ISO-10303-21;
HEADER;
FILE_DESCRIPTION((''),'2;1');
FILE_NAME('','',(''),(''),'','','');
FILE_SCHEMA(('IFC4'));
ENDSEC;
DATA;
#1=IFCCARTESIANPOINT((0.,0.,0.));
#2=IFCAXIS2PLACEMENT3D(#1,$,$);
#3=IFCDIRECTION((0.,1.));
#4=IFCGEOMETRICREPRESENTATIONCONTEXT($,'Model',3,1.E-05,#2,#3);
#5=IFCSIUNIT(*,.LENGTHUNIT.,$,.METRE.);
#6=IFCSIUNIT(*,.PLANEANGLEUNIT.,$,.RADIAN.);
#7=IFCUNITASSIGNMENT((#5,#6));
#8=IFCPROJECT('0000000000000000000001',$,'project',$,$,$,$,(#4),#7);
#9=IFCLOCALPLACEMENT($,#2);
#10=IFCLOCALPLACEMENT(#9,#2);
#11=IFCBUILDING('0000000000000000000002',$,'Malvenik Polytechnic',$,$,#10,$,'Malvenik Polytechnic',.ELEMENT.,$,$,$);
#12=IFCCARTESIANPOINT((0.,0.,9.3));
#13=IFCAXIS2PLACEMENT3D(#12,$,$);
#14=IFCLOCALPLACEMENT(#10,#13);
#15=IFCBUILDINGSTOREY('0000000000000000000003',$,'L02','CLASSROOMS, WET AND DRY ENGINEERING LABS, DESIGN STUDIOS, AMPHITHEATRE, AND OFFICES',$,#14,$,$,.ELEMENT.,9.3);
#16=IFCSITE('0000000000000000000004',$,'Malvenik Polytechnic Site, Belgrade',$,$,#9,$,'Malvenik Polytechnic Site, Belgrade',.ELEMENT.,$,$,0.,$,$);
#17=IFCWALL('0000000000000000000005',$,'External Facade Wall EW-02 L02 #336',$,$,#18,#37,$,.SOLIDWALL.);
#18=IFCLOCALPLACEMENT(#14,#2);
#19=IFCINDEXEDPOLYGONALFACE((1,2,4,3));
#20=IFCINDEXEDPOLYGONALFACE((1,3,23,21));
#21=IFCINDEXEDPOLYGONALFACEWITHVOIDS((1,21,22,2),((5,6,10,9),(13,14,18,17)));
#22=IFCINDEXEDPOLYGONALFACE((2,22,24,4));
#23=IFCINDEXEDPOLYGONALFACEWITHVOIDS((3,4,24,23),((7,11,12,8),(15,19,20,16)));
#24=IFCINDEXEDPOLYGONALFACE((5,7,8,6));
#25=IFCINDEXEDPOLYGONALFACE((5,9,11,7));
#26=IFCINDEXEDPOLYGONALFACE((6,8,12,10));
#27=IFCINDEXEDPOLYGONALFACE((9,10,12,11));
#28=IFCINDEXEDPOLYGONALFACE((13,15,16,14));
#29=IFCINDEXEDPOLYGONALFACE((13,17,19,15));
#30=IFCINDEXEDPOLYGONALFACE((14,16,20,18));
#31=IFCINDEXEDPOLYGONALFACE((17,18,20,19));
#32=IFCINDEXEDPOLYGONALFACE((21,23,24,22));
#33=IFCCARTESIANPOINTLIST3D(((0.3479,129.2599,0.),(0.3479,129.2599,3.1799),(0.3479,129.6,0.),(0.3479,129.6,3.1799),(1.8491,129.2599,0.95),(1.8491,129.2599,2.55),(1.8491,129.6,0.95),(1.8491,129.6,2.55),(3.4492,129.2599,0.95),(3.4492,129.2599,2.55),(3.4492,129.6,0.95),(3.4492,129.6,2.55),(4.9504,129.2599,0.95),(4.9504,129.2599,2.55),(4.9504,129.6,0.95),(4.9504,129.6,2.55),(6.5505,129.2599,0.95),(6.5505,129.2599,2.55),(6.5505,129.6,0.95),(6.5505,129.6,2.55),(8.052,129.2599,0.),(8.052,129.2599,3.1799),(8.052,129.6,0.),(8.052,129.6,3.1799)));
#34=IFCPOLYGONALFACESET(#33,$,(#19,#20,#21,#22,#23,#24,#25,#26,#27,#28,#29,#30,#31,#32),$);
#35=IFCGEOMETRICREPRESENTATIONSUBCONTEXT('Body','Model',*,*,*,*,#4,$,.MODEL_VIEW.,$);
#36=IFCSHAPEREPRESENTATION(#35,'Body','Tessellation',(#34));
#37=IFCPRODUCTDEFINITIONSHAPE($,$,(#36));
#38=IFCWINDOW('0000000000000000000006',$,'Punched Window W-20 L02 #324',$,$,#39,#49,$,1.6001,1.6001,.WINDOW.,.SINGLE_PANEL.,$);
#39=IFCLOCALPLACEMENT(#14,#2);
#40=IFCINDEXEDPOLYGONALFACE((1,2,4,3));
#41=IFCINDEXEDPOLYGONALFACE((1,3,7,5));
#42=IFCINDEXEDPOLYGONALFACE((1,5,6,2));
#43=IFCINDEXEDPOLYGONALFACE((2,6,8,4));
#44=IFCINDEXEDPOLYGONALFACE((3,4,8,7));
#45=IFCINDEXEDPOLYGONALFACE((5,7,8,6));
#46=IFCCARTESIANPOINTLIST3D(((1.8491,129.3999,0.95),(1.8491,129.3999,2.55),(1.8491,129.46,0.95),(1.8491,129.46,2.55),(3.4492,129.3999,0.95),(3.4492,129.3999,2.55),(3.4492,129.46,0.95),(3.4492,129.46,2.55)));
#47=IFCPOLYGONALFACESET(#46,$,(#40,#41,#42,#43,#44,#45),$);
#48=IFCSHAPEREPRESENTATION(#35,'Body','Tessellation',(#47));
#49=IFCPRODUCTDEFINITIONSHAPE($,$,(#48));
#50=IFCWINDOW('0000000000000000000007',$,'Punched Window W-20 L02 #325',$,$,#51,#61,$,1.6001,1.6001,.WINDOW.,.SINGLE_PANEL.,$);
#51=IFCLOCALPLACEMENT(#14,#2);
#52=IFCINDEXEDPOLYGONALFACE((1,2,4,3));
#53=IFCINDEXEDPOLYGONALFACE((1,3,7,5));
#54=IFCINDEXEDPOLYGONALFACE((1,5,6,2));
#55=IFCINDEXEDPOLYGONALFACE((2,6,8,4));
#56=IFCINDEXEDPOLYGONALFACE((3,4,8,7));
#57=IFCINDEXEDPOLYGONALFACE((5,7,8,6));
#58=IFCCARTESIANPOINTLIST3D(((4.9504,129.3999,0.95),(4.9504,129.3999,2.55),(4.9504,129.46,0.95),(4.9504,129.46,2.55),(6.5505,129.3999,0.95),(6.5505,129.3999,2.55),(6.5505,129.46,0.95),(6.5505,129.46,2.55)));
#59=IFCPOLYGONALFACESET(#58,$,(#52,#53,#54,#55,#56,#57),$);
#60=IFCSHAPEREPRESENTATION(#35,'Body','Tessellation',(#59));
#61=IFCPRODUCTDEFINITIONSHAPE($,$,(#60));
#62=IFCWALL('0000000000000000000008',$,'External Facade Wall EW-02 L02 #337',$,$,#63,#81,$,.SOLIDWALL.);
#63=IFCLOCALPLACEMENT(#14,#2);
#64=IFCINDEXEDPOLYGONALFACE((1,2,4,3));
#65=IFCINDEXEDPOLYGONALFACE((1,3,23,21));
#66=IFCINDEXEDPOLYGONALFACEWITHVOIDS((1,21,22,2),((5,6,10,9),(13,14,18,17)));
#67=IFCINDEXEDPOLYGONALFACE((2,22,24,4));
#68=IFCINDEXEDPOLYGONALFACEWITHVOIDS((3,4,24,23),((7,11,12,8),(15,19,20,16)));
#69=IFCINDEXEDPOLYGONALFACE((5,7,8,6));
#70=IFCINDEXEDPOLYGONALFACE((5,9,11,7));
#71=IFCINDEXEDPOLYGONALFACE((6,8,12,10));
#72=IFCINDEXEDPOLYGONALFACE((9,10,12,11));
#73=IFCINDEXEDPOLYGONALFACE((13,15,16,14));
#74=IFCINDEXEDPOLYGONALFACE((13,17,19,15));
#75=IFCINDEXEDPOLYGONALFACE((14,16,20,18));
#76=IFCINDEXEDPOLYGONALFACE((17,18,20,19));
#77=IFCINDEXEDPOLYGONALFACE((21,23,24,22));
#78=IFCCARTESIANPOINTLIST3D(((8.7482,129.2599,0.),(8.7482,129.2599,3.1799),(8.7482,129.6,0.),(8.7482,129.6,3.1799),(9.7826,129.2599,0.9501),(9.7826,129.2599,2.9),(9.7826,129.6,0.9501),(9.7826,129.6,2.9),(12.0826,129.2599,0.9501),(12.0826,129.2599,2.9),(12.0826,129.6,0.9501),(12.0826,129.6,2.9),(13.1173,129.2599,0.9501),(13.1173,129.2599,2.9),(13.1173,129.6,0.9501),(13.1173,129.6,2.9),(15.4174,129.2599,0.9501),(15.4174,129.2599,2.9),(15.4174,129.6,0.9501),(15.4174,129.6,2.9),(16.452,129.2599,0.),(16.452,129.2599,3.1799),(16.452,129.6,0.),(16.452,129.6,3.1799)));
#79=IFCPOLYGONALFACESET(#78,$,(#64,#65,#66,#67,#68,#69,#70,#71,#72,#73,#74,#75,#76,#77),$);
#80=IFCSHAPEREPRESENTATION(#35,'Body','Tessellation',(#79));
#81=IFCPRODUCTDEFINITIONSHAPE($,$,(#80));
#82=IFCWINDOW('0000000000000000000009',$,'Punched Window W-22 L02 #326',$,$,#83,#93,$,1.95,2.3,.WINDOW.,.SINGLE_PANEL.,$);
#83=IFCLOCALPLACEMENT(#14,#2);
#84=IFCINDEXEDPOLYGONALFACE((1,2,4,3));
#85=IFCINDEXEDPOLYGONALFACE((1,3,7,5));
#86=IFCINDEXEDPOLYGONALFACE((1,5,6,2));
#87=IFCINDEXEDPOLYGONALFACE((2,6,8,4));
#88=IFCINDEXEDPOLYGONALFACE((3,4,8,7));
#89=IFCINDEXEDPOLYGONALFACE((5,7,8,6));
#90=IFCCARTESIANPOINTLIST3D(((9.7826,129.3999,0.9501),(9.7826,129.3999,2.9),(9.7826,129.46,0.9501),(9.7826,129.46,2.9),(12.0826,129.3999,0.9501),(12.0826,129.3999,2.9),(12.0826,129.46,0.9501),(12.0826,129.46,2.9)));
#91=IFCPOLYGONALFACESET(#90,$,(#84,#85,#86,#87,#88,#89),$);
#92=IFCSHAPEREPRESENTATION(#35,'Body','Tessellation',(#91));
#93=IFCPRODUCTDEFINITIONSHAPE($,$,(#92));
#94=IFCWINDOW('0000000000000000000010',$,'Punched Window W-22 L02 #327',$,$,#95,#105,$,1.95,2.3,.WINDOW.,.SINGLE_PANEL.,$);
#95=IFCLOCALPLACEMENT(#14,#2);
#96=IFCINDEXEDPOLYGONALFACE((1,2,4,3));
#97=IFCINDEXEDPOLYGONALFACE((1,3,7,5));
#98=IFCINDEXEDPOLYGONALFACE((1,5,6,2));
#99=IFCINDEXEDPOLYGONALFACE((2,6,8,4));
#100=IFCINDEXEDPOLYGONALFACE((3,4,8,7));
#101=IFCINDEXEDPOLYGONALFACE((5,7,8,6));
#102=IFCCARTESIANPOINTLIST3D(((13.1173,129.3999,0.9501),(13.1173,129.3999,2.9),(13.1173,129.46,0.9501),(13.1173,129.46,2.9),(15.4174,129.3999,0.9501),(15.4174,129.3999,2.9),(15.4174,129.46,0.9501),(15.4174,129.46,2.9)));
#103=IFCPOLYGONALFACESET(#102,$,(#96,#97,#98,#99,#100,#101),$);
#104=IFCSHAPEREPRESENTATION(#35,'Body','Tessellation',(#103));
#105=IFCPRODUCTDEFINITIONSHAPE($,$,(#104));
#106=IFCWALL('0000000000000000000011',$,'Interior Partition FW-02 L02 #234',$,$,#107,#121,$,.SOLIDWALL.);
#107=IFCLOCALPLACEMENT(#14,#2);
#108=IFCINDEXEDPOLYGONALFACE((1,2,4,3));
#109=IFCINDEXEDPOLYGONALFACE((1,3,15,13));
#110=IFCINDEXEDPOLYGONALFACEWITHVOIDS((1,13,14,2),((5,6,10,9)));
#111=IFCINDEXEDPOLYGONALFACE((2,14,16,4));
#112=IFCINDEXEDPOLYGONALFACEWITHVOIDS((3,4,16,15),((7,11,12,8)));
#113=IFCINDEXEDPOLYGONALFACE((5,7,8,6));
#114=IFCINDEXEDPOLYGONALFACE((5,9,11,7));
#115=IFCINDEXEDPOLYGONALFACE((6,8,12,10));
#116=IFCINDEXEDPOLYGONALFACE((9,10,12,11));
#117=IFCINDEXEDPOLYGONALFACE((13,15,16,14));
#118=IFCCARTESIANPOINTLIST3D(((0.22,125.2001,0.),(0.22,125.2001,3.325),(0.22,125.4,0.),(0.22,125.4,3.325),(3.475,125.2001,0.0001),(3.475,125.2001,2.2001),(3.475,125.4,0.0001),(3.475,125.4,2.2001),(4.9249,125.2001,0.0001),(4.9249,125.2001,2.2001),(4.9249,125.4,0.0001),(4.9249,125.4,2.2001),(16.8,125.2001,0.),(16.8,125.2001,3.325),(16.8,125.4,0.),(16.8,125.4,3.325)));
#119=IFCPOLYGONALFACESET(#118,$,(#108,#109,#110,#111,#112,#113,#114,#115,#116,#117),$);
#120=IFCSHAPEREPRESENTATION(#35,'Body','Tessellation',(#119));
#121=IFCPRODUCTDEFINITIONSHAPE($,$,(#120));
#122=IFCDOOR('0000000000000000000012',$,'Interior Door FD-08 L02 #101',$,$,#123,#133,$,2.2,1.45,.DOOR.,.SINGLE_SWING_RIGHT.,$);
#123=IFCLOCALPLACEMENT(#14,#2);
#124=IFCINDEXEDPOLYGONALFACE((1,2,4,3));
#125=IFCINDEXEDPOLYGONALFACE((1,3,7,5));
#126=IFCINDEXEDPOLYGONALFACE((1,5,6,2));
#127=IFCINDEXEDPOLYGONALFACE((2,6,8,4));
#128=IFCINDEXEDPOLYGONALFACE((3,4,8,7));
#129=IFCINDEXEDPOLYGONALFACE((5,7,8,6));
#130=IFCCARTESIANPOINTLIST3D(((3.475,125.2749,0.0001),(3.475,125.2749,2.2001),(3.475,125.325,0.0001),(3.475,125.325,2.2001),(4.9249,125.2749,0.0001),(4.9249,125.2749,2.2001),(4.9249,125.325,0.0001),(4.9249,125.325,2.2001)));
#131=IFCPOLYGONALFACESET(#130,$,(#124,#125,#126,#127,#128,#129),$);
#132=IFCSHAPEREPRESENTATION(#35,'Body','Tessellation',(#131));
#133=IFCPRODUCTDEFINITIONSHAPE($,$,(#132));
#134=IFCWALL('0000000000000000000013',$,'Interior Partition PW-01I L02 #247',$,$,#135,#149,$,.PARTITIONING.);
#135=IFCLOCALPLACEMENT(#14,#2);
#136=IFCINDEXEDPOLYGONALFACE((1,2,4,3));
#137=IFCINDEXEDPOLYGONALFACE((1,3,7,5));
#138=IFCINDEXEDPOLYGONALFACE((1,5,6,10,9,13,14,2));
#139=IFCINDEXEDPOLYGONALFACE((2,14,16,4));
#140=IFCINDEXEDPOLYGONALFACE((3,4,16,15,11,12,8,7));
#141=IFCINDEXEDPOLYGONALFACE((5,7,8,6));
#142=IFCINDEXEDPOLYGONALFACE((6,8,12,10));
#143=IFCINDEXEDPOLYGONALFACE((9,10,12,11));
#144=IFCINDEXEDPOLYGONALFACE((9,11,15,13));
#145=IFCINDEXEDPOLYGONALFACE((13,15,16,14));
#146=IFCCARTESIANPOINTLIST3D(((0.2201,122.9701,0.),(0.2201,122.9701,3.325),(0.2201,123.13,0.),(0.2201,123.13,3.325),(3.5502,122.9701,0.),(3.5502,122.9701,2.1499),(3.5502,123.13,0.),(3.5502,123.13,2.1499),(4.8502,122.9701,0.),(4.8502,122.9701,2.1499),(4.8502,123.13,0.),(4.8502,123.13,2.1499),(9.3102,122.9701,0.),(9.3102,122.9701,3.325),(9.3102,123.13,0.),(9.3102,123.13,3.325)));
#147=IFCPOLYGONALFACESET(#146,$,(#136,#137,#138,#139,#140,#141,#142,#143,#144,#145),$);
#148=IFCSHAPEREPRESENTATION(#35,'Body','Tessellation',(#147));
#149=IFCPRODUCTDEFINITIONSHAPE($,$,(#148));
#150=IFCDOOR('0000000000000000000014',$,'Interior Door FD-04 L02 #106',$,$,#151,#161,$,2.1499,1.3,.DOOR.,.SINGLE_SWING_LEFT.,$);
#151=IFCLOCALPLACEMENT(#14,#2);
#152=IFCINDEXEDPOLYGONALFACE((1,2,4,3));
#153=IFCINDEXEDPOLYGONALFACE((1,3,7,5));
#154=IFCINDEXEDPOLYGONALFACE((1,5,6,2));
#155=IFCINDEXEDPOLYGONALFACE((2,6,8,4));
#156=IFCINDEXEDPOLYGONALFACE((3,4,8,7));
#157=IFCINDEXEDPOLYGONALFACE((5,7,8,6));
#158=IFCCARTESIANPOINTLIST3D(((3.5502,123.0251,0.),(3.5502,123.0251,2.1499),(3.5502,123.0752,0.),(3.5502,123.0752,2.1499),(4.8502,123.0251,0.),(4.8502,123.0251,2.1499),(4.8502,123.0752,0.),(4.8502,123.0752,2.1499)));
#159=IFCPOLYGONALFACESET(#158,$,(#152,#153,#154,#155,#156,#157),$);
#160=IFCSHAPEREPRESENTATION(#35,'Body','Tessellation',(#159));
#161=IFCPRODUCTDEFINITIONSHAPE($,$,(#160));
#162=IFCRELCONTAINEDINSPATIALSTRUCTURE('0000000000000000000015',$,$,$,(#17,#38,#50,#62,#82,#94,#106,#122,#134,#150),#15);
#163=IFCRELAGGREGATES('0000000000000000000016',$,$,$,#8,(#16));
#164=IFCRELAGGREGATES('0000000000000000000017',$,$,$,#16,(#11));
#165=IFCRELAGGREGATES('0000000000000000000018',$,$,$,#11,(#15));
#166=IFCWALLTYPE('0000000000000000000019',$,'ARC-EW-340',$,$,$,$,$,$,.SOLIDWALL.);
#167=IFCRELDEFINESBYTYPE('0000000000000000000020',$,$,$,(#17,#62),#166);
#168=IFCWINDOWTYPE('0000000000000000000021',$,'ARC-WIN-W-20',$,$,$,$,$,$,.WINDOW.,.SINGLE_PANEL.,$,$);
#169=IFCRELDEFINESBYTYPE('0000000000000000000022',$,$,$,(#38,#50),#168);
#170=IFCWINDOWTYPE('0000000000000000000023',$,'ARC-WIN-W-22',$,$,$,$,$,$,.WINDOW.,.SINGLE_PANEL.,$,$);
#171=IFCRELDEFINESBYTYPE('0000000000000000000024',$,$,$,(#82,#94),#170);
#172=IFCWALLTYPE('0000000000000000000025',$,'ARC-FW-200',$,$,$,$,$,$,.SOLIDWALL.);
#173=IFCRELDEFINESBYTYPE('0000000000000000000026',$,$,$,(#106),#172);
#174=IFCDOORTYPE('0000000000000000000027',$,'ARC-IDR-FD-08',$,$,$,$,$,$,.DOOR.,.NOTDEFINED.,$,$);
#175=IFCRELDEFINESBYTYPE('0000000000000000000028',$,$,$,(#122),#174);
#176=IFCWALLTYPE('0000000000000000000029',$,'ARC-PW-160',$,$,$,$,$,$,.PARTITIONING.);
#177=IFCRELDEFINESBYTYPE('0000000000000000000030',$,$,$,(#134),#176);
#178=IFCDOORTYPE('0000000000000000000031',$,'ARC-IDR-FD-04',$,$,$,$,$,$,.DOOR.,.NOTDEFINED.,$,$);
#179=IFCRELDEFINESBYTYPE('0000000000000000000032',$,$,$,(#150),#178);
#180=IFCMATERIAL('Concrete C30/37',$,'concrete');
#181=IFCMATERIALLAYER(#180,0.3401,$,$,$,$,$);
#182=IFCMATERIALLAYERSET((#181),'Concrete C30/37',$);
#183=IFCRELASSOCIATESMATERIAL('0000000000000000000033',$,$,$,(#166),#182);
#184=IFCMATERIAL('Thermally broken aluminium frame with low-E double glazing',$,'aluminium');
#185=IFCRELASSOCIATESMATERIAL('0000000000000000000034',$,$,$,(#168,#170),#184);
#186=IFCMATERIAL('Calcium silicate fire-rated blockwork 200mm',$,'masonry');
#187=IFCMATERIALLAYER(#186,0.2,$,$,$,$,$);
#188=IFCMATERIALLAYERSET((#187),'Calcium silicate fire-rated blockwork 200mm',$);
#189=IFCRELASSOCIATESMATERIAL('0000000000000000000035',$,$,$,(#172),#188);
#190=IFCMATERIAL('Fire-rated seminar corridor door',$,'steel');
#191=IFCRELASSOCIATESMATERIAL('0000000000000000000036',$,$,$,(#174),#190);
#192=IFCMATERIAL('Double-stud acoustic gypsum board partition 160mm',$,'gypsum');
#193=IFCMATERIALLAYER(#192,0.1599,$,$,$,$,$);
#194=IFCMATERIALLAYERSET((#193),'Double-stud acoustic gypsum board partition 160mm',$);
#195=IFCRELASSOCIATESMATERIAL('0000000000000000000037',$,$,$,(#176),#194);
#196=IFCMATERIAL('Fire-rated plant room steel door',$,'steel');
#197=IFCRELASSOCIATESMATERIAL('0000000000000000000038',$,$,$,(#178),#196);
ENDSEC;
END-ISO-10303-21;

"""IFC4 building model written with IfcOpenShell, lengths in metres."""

from ifc_helpers import new_model, si_unit, direction, frame, frame_2d, origin, place, context, subcontext, project, spatial, rectangle, extrude, material, layer, layer_set, type_object, element, fill, save


model = new_model("IFC4")

# Units and contexts
model_context = context("Model", 3, precision=1e-05, world=origin(), true_north=direction((0.0, 1.0)))
body_context = subcontext(model_context, "Body", "Model", "MODEL_VIEW")
ifc_project = project(units=[si_unit("LENGTHUNIT", "METRE"), si_unit("PLANEANGLEUNIT", "RADIAN")], contexts=[model_context])

# Site, building, storey
site_placement = place(None, origin())
site = spatial("IfcSite", under=ifc_project, at=site_placement, Name="Malvenik Polytechnic Site, Belgrade", LongName="Malvenik Polytechnic Site, Belgrade", CompositionType="ELEMENT", RefElevation=0.0)
building_placement = place(site_placement, origin())
building = spatial("IfcBuilding", under=site, at=building_placement, Name="Malvenik Polytechnic", LongName="Malvenik Polytechnic", CompositionType="ELEMENT")
storey_placement = place(building_placement, frame((0.0, 0.0, 9.3)))
storey = spatial("IfcBuildingStorey", under=building, at=storey_placement, Name="L02", Description="CLASSROOMS, WET AND DRY ENGINEERING LABS, DESIGN STUDIOS, AMPHITHEATRE, AND OFFICES", CompositionType="ELEMENT", Elevation=9.3)

# Shared definitions
ifc_material_1 = material(Name="Concrete C30/37", Category="concrete")

# Shared definitions
ifc_layer_1 = layer(ifc_material_1, 0.3401)
ifc_layer_set_1 = layer_set([ifc_layer_1], Name="Concrete C30/37")
wall_type_1 = type_object("IfcWallType", Name="ARC-EW-340", PredefinedType="SOLIDWALL", material=ifc_layer_set_1)

# Walls, openings, windows
wall_1_placement = place(storey_placement, frame((0.3479, 129.4299, 0.0), z_axis=(0.0, 0.0, 1.0), x_axis=(1.0, 0.0, 0.0)))
wall_1 = element("IfcWall", 1, at=wall_1_placement, inside=storey, type_object=wall_type_1, Name="External Facade Wall EW-02 L02 #336", PredefinedType="SOLIDWALL", context=body_context, shape_type="SweptSolid", body=[
    extrude(rectangle(XDim=7.7041, YDim=0.3401, at=frame_2d((3.8521, 0.0))), origin(), (0.0, 0.0, 1.0), 3.1799),
])
opening_1_placement = place(wall_1_placement, frame((1.5012, 0.0, 0.95)))
opening_1 = element("IfcOpeningElement", 2, at=opening_1_placement, cuts=wall_1, PredefinedType="OPENING", context=body_context, shape_type="SweptSolid", body=[
    extrude(rectangle(XDim=1.6001, YDim=1.6001, at=frame_2d((0.8, 0.8))), frame((0.0, 0.1802, 0.0), z_axis=(0.0, -1.0, 0.0), x_axis=(1.0, 0.0, 0.0)), (0.0, 0.0, 1.0), 0.3601),
])
opening_2_placement = place(wall_1_placement, frame((4.6025, 0.0, 0.95)))
opening_2 = element("IfcOpeningElement", 3, at=opening_2_placement, cuts=wall_1, PredefinedType="OPENING", context=body_context, shape_type="SweptSolid", body=[
    extrude(rectangle(XDim=1.6001, YDim=1.6001, at=frame_2d((0.8, 0.8))), frame((0.0, 0.1802, 0.0), z_axis=(0.0, -1.0, 0.0), x_axis=(1.0, 0.0, 0.0)), (0.0, 0.0, 1.0), 0.3601),
])
ifc_material_2 = material(Name="Thermally broken aluminium frame with low-E double glazing", Category="aluminium")
window_type_1 = type_object("IfcWindowType", Name="ARC-WIN-W-20", PartitioningType="SINGLE_PANEL", PredefinedType="WINDOW", material=ifc_material_2)
window_1_placement = place(opening_1_placement, origin())
window_1 = element("IfcWindow", 4, at=window_1_placement, inside=storey, type_object=window_type_1, Name="Punched Window W-20 L02 #324", OverallHeight=1.6001, OverallWidth=1.6001, PartitioningType="SINGLE_PANEL", PredefinedType="WINDOW", context=body_context, shape_type="SweptSolid", body=[
    extrude(rectangle(XDim=1.6001, YDim=1.6001, at=frame_2d((0.8, 0.8))), frame((0.0, 0.03, 0.0), z_axis=(0.0, -1.0, 0.0), x_axis=(1.0, 0.0, 0.0)), (0.0, 0.0, 1.0), 0.0601),
])
fill(opening_1, window_1)
window_2_placement = place(opening_2_placement, origin())
window_2 = element("IfcWindow", 5, at=window_2_placement, inside=storey, type_object=window_type_1, Name="Punched Window W-20 L02 #325", OverallHeight=1.6001, OverallWidth=1.6001, PartitioningType="SINGLE_PANEL", PredefinedType="WINDOW", context=body_context, shape_type="SweptSolid", body=[
    extrude(rectangle(XDim=1.6001, YDim=1.6001, at=frame_2d((0.8, 0.8))), frame((0.0, 0.03, 0.0), z_axis=(0.0, -1.0, 0.0), x_axis=(1.0, 0.0, 0.0)), (0.0, 0.0, 1.0), 0.0601),
])
fill(opening_2, window_2)
wall_2_placement = place(storey_placement, frame((8.748, 129.4299, 0.0), z_axis=(0.0, 0.0, 1.0), x_axis=(1.0, 0.0, 0.0)))
wall_2 = element("IfcWall", 6, at=wall_2_placement, inside=storey, type_object=wall_type_1, Name="External Facade Wall EW-02 L02 #337", PredefinedType="SOLIDWALL", context=body_context, shape_type="SweptSolid", body=[
    extrude(rectangle(XDim=7.7039, YDim=0.3401, at=frame_2d((3.8521, 0.0))), origin(), (0.0, 0.0, 1.0), 3.1799),
])
opening_3_placement = place(wall_2_placement, frame((1.0347, 0.0, 0.95)))
opening_3 = element("IfcOpeningElement", 7, at=opening_3_placement, cuts=wall_2, PredefinedType="OPENING", context=body_context, shape_type="SweptSolid", body=[
    extrude(rectangle(XDim=2.3, YDim=1.95, at=frame_2d((1.1499, 0.9751))), frame((0.0, 0.1802, 0.0), z_axis=(0.0, -1.0, 0.0), x_axis=(1.0, 0.0, 0.0)), (0.0, 0.0, 1.0), 0.3601),
])
opening_4_placement = place(wall_2_placement, frame((4.3694, 0.0, 0.95)))
opening_4 = element("IfcOpeningElement", 8, at=opening_4_placement, cuts=wall_2, PredefinedType="OPENING", context=body_context, shape_type="SweptSolid", body=[
    extrude(rectangle(XDim=2.3, YDim=1.95, at=frame_2d((1.1499, 0.9751))), frame((0.0, 0.1802, 0.0), z_axis=(0.0, -1.0, 0.0), x_axis=(1.0, 0.0, 0.0)), (0.0, 0.0, 1.0), 0.3601),
])
window_type_2 = type_object("IfcWindowType", Name="ARC-WIN-W-22", PartitioningType="SINGLE_PANEL", PredefinedType="WINDOW", material=ifc_material_2)
window_3_placement = place(opening_3_placement, origin())
window_3 = element("IfcWindow", 9, at=window_3_placement, inside=storey, type_object=window_type_2, Name="Punched Window W-22 L02 #326", OverallHeight=1.95, OverallWidth=2.3, PartitioningType="SINGLE_PANEL", PredefinedType="WINDOW", context=body_context, shape_type="SweptSolid", body=[
    extrude(rectangle(XDim=2.3, YDim=1.95, at=frame_2d((1.1499, 0.9751))), frame((0.0, 0.03, 0.0), z_axis=(0.0, -1.0, 0.0), x_axis=(1.0, 0.0, 0.0)), (0.0, 0.0, 1.0), 0.0601),
])
fill(opening_3, window_3)
window_4_placement = place(opening_4_placement, origin())
window_4 = element("IfcWindow", 10, at=window_4_placement, inside=storey, type_object=window_type_2, Name="Punched Window W-22 L02 #327", OverallHeight=1.95, OverallWidth=2.3, PartitioningType="SINGLE_PANEL", PredefinedType="WINDOW", context=body_context, shape_type="SweptSolid", body=[
    extrude(rectangle(XDim=2.3, YDim=1.95, at=frame_2d((1.1499, 0.9751))), frame((0.0, 0.03, 0.0), z_axis=(0.0, -1.0, 0.0), x_axis=(1.0, 0.0, 0.0)), (0.0, 0.0, 1.0), 0.0601),
])
fill(opening_4, window_4)

# Walls, openings, doors
ifc_material_3 = material(Name="Calcium silicate fire-rated blockwork 200mm", Category="masonry")
ifc_layer_2 = layer(ifc_material_3, 0.2)
ifc_layer_set_2 = layer_set([ifc_layer_2], Name="Calcium silicate fire-rated blockwork 200mm")
wall_type_2 = type_object("IfcWallType", Name="ARC-FW-200", PredefinedType="SOLIDWALL", material=ifc_layer_set_2)
wall_3_placement = place(storey_placement, frame((0.22, 125.3, 0.0), z_axis=(0.0, 0.0, 1.0), x_axis=(1.0, 0.0, 0.0)))
wall_3 = element("IfcWall", 11, at=wall_3_placement, inside=storey, type_object=wall_type_2, Name="Interior Partition FW-02 L02 #234", PredefinedType="SOLIDWALL", context=body_context, shape_type="SweptSolid", body=[
    extrude(rectangle(XDim=16.5801, YDim=0.2, at=frame_2d((8.29, 0.0))), origin(), (0.0, 0.0, 1.0), 3.325),
])
opening_5_placement = place(wall_3_placement, frame((3.2549, 0.0, 0.0)))
opening_5 = element("IfcOpeningElement", 12, at=opening_5_placement, cuts=wall_3, PredefinedType="OPENING", context=body_context, shape_type="SweptSolid", body=[
    extrude(rectangle(XDim=1.45, YDim=2.2, at=frame_2d((0.7251, 1.1001))), frame((0.0, 0.1099, 0.0), z_axis=(0.0, -1.0, 0.0), x_axis=(1.0, 0.0, 0.0)), (0.0, 0.0, 1.0), 0.22),
])
ifc_material_4 = material(Name="Fire-rated seminar corridor door", Category="steel")
door_type_1 = type_object("IfcDoorType", Name="ARC-IDR-FD-08", OperationType="NOTDEFINED", PredefinedType="DOOR", material=ifc_material_4)
door_1_placement = place(opening_5_placement, origin())
door_1 = element("IfcDoor", 13, at=door_1_placement, inside=storey, type_object=door_type_1, Name="Interior Door FD-08 L02 #101", OperationType="SINGLE_SWING_RIGHT", OverallHeight=2.2, OverallWidth=1.45, PredefinedType="DOOR", context=body_context, shape_type="SweptSolid", body=[
    extrude(rectangle(XDim=1.45, YDim=2.2, at=frame_2d((0.7251, 1.1001))), frame((0.0, 0.0249, 0.0), z_axis=(0.0, -1.0, 0.0), x_axis=(1.0, 0.0, 0.0)), (0.0, 0.0, 1.0), 0.05),
])
fill(opening_5, door_1)
ifc_material_5 = material(Name="Double-stud acoustic gypsum board partition 160mm", Category="gypsum")
ifc_layer_3 = layer(ifc_material_5, 0.1599)
ifc_layer_set_3 = layer_set([ifc_layer_3], Name="Double-stud acoustic gypsum board partition 160mm")
wall_type_3 = type_object("IfcWallType", Name="ARC-PW-160", PredefinedType="PARTITIONING", material=ifc_layer_set_3)
wall_4_placement = place(storey_placement, frame((9.3101, 123.05, 0.0), z_axis=(0.0, 0.0, 1.0), x_axis=(-1.0, 0.0, 0.0)))
wall_4 = element("IfcWall", 14, at=wall_4_placement, inside=storey, type_object=wall_type_3, Name="Interior Partition PW-01I L02 #247", PredefinedType="PARTITIONING", context=body_context, shape_type="SweptSolid", body=[
    extrude(rectangle(XDim=9.0901, YDim=0.1599, at=frame_2d((4.5449, 0.0))), origin(), (0.0, 0.0, 1.0), 3.325),
])
opening_6_placement = place(wall_4_placement, frame((4.46, 0.0, 0.0)))
opening_6 = element("IfcOpeningElement", 15, at=opening_6_placement, cuts=wall_4, PredefinedType="OPENING", context=body_context, shape_type="SweptSolid", body=[
    extrude(rectangle(XDim=1.3, YDim=2.1499, at=frame_2d((0.6499, 1.075))), frame((0.0, 0.0898, 0.0), z_axis=(0.0, -1.0, 0.0), x_axis=(1.0, 0.0, 0.0)), (0.0, 0.0, 1.0), 0.1799),
])
ifc_material_6 = material(Name="Fire-rated plant room steel door", Category="steel")
door_type_2 = type_object("IfcDoorType", Name="ARC-IDR-FD-04", OperationType="NOTDEFINED", PredefinedType="DOOR", material=ifc_material_6)
door_2_placement = place(opening_6_placement, origin())
door_2 = element("IfcDoor", 16, at=door_2_placement, inside=storey, type_object=door_type_2, Name="Interior Door FD-04 L02 #106", OperationType="SINGLE_SWING_LEFT", OverallHeight=2.1499, OverallWidth=1.3, PredefinedType="DOOR", context=body_context, shape_type="SweptSolid", body=[
    extrude(rectangle(XDim=1.3, YDim=2.1499, at=frame_2d((0.6499, 1.075))), frame((0.0, 0.0249, 0.0), z_axis=(0.0, -1.0, 0.0), x_axis=(1.0, 0.0, 0.0)), (0.0, 0.0, 1.0), 0.05),
])
fill(opening_6, door_2)

save(model, "model.ifc")
